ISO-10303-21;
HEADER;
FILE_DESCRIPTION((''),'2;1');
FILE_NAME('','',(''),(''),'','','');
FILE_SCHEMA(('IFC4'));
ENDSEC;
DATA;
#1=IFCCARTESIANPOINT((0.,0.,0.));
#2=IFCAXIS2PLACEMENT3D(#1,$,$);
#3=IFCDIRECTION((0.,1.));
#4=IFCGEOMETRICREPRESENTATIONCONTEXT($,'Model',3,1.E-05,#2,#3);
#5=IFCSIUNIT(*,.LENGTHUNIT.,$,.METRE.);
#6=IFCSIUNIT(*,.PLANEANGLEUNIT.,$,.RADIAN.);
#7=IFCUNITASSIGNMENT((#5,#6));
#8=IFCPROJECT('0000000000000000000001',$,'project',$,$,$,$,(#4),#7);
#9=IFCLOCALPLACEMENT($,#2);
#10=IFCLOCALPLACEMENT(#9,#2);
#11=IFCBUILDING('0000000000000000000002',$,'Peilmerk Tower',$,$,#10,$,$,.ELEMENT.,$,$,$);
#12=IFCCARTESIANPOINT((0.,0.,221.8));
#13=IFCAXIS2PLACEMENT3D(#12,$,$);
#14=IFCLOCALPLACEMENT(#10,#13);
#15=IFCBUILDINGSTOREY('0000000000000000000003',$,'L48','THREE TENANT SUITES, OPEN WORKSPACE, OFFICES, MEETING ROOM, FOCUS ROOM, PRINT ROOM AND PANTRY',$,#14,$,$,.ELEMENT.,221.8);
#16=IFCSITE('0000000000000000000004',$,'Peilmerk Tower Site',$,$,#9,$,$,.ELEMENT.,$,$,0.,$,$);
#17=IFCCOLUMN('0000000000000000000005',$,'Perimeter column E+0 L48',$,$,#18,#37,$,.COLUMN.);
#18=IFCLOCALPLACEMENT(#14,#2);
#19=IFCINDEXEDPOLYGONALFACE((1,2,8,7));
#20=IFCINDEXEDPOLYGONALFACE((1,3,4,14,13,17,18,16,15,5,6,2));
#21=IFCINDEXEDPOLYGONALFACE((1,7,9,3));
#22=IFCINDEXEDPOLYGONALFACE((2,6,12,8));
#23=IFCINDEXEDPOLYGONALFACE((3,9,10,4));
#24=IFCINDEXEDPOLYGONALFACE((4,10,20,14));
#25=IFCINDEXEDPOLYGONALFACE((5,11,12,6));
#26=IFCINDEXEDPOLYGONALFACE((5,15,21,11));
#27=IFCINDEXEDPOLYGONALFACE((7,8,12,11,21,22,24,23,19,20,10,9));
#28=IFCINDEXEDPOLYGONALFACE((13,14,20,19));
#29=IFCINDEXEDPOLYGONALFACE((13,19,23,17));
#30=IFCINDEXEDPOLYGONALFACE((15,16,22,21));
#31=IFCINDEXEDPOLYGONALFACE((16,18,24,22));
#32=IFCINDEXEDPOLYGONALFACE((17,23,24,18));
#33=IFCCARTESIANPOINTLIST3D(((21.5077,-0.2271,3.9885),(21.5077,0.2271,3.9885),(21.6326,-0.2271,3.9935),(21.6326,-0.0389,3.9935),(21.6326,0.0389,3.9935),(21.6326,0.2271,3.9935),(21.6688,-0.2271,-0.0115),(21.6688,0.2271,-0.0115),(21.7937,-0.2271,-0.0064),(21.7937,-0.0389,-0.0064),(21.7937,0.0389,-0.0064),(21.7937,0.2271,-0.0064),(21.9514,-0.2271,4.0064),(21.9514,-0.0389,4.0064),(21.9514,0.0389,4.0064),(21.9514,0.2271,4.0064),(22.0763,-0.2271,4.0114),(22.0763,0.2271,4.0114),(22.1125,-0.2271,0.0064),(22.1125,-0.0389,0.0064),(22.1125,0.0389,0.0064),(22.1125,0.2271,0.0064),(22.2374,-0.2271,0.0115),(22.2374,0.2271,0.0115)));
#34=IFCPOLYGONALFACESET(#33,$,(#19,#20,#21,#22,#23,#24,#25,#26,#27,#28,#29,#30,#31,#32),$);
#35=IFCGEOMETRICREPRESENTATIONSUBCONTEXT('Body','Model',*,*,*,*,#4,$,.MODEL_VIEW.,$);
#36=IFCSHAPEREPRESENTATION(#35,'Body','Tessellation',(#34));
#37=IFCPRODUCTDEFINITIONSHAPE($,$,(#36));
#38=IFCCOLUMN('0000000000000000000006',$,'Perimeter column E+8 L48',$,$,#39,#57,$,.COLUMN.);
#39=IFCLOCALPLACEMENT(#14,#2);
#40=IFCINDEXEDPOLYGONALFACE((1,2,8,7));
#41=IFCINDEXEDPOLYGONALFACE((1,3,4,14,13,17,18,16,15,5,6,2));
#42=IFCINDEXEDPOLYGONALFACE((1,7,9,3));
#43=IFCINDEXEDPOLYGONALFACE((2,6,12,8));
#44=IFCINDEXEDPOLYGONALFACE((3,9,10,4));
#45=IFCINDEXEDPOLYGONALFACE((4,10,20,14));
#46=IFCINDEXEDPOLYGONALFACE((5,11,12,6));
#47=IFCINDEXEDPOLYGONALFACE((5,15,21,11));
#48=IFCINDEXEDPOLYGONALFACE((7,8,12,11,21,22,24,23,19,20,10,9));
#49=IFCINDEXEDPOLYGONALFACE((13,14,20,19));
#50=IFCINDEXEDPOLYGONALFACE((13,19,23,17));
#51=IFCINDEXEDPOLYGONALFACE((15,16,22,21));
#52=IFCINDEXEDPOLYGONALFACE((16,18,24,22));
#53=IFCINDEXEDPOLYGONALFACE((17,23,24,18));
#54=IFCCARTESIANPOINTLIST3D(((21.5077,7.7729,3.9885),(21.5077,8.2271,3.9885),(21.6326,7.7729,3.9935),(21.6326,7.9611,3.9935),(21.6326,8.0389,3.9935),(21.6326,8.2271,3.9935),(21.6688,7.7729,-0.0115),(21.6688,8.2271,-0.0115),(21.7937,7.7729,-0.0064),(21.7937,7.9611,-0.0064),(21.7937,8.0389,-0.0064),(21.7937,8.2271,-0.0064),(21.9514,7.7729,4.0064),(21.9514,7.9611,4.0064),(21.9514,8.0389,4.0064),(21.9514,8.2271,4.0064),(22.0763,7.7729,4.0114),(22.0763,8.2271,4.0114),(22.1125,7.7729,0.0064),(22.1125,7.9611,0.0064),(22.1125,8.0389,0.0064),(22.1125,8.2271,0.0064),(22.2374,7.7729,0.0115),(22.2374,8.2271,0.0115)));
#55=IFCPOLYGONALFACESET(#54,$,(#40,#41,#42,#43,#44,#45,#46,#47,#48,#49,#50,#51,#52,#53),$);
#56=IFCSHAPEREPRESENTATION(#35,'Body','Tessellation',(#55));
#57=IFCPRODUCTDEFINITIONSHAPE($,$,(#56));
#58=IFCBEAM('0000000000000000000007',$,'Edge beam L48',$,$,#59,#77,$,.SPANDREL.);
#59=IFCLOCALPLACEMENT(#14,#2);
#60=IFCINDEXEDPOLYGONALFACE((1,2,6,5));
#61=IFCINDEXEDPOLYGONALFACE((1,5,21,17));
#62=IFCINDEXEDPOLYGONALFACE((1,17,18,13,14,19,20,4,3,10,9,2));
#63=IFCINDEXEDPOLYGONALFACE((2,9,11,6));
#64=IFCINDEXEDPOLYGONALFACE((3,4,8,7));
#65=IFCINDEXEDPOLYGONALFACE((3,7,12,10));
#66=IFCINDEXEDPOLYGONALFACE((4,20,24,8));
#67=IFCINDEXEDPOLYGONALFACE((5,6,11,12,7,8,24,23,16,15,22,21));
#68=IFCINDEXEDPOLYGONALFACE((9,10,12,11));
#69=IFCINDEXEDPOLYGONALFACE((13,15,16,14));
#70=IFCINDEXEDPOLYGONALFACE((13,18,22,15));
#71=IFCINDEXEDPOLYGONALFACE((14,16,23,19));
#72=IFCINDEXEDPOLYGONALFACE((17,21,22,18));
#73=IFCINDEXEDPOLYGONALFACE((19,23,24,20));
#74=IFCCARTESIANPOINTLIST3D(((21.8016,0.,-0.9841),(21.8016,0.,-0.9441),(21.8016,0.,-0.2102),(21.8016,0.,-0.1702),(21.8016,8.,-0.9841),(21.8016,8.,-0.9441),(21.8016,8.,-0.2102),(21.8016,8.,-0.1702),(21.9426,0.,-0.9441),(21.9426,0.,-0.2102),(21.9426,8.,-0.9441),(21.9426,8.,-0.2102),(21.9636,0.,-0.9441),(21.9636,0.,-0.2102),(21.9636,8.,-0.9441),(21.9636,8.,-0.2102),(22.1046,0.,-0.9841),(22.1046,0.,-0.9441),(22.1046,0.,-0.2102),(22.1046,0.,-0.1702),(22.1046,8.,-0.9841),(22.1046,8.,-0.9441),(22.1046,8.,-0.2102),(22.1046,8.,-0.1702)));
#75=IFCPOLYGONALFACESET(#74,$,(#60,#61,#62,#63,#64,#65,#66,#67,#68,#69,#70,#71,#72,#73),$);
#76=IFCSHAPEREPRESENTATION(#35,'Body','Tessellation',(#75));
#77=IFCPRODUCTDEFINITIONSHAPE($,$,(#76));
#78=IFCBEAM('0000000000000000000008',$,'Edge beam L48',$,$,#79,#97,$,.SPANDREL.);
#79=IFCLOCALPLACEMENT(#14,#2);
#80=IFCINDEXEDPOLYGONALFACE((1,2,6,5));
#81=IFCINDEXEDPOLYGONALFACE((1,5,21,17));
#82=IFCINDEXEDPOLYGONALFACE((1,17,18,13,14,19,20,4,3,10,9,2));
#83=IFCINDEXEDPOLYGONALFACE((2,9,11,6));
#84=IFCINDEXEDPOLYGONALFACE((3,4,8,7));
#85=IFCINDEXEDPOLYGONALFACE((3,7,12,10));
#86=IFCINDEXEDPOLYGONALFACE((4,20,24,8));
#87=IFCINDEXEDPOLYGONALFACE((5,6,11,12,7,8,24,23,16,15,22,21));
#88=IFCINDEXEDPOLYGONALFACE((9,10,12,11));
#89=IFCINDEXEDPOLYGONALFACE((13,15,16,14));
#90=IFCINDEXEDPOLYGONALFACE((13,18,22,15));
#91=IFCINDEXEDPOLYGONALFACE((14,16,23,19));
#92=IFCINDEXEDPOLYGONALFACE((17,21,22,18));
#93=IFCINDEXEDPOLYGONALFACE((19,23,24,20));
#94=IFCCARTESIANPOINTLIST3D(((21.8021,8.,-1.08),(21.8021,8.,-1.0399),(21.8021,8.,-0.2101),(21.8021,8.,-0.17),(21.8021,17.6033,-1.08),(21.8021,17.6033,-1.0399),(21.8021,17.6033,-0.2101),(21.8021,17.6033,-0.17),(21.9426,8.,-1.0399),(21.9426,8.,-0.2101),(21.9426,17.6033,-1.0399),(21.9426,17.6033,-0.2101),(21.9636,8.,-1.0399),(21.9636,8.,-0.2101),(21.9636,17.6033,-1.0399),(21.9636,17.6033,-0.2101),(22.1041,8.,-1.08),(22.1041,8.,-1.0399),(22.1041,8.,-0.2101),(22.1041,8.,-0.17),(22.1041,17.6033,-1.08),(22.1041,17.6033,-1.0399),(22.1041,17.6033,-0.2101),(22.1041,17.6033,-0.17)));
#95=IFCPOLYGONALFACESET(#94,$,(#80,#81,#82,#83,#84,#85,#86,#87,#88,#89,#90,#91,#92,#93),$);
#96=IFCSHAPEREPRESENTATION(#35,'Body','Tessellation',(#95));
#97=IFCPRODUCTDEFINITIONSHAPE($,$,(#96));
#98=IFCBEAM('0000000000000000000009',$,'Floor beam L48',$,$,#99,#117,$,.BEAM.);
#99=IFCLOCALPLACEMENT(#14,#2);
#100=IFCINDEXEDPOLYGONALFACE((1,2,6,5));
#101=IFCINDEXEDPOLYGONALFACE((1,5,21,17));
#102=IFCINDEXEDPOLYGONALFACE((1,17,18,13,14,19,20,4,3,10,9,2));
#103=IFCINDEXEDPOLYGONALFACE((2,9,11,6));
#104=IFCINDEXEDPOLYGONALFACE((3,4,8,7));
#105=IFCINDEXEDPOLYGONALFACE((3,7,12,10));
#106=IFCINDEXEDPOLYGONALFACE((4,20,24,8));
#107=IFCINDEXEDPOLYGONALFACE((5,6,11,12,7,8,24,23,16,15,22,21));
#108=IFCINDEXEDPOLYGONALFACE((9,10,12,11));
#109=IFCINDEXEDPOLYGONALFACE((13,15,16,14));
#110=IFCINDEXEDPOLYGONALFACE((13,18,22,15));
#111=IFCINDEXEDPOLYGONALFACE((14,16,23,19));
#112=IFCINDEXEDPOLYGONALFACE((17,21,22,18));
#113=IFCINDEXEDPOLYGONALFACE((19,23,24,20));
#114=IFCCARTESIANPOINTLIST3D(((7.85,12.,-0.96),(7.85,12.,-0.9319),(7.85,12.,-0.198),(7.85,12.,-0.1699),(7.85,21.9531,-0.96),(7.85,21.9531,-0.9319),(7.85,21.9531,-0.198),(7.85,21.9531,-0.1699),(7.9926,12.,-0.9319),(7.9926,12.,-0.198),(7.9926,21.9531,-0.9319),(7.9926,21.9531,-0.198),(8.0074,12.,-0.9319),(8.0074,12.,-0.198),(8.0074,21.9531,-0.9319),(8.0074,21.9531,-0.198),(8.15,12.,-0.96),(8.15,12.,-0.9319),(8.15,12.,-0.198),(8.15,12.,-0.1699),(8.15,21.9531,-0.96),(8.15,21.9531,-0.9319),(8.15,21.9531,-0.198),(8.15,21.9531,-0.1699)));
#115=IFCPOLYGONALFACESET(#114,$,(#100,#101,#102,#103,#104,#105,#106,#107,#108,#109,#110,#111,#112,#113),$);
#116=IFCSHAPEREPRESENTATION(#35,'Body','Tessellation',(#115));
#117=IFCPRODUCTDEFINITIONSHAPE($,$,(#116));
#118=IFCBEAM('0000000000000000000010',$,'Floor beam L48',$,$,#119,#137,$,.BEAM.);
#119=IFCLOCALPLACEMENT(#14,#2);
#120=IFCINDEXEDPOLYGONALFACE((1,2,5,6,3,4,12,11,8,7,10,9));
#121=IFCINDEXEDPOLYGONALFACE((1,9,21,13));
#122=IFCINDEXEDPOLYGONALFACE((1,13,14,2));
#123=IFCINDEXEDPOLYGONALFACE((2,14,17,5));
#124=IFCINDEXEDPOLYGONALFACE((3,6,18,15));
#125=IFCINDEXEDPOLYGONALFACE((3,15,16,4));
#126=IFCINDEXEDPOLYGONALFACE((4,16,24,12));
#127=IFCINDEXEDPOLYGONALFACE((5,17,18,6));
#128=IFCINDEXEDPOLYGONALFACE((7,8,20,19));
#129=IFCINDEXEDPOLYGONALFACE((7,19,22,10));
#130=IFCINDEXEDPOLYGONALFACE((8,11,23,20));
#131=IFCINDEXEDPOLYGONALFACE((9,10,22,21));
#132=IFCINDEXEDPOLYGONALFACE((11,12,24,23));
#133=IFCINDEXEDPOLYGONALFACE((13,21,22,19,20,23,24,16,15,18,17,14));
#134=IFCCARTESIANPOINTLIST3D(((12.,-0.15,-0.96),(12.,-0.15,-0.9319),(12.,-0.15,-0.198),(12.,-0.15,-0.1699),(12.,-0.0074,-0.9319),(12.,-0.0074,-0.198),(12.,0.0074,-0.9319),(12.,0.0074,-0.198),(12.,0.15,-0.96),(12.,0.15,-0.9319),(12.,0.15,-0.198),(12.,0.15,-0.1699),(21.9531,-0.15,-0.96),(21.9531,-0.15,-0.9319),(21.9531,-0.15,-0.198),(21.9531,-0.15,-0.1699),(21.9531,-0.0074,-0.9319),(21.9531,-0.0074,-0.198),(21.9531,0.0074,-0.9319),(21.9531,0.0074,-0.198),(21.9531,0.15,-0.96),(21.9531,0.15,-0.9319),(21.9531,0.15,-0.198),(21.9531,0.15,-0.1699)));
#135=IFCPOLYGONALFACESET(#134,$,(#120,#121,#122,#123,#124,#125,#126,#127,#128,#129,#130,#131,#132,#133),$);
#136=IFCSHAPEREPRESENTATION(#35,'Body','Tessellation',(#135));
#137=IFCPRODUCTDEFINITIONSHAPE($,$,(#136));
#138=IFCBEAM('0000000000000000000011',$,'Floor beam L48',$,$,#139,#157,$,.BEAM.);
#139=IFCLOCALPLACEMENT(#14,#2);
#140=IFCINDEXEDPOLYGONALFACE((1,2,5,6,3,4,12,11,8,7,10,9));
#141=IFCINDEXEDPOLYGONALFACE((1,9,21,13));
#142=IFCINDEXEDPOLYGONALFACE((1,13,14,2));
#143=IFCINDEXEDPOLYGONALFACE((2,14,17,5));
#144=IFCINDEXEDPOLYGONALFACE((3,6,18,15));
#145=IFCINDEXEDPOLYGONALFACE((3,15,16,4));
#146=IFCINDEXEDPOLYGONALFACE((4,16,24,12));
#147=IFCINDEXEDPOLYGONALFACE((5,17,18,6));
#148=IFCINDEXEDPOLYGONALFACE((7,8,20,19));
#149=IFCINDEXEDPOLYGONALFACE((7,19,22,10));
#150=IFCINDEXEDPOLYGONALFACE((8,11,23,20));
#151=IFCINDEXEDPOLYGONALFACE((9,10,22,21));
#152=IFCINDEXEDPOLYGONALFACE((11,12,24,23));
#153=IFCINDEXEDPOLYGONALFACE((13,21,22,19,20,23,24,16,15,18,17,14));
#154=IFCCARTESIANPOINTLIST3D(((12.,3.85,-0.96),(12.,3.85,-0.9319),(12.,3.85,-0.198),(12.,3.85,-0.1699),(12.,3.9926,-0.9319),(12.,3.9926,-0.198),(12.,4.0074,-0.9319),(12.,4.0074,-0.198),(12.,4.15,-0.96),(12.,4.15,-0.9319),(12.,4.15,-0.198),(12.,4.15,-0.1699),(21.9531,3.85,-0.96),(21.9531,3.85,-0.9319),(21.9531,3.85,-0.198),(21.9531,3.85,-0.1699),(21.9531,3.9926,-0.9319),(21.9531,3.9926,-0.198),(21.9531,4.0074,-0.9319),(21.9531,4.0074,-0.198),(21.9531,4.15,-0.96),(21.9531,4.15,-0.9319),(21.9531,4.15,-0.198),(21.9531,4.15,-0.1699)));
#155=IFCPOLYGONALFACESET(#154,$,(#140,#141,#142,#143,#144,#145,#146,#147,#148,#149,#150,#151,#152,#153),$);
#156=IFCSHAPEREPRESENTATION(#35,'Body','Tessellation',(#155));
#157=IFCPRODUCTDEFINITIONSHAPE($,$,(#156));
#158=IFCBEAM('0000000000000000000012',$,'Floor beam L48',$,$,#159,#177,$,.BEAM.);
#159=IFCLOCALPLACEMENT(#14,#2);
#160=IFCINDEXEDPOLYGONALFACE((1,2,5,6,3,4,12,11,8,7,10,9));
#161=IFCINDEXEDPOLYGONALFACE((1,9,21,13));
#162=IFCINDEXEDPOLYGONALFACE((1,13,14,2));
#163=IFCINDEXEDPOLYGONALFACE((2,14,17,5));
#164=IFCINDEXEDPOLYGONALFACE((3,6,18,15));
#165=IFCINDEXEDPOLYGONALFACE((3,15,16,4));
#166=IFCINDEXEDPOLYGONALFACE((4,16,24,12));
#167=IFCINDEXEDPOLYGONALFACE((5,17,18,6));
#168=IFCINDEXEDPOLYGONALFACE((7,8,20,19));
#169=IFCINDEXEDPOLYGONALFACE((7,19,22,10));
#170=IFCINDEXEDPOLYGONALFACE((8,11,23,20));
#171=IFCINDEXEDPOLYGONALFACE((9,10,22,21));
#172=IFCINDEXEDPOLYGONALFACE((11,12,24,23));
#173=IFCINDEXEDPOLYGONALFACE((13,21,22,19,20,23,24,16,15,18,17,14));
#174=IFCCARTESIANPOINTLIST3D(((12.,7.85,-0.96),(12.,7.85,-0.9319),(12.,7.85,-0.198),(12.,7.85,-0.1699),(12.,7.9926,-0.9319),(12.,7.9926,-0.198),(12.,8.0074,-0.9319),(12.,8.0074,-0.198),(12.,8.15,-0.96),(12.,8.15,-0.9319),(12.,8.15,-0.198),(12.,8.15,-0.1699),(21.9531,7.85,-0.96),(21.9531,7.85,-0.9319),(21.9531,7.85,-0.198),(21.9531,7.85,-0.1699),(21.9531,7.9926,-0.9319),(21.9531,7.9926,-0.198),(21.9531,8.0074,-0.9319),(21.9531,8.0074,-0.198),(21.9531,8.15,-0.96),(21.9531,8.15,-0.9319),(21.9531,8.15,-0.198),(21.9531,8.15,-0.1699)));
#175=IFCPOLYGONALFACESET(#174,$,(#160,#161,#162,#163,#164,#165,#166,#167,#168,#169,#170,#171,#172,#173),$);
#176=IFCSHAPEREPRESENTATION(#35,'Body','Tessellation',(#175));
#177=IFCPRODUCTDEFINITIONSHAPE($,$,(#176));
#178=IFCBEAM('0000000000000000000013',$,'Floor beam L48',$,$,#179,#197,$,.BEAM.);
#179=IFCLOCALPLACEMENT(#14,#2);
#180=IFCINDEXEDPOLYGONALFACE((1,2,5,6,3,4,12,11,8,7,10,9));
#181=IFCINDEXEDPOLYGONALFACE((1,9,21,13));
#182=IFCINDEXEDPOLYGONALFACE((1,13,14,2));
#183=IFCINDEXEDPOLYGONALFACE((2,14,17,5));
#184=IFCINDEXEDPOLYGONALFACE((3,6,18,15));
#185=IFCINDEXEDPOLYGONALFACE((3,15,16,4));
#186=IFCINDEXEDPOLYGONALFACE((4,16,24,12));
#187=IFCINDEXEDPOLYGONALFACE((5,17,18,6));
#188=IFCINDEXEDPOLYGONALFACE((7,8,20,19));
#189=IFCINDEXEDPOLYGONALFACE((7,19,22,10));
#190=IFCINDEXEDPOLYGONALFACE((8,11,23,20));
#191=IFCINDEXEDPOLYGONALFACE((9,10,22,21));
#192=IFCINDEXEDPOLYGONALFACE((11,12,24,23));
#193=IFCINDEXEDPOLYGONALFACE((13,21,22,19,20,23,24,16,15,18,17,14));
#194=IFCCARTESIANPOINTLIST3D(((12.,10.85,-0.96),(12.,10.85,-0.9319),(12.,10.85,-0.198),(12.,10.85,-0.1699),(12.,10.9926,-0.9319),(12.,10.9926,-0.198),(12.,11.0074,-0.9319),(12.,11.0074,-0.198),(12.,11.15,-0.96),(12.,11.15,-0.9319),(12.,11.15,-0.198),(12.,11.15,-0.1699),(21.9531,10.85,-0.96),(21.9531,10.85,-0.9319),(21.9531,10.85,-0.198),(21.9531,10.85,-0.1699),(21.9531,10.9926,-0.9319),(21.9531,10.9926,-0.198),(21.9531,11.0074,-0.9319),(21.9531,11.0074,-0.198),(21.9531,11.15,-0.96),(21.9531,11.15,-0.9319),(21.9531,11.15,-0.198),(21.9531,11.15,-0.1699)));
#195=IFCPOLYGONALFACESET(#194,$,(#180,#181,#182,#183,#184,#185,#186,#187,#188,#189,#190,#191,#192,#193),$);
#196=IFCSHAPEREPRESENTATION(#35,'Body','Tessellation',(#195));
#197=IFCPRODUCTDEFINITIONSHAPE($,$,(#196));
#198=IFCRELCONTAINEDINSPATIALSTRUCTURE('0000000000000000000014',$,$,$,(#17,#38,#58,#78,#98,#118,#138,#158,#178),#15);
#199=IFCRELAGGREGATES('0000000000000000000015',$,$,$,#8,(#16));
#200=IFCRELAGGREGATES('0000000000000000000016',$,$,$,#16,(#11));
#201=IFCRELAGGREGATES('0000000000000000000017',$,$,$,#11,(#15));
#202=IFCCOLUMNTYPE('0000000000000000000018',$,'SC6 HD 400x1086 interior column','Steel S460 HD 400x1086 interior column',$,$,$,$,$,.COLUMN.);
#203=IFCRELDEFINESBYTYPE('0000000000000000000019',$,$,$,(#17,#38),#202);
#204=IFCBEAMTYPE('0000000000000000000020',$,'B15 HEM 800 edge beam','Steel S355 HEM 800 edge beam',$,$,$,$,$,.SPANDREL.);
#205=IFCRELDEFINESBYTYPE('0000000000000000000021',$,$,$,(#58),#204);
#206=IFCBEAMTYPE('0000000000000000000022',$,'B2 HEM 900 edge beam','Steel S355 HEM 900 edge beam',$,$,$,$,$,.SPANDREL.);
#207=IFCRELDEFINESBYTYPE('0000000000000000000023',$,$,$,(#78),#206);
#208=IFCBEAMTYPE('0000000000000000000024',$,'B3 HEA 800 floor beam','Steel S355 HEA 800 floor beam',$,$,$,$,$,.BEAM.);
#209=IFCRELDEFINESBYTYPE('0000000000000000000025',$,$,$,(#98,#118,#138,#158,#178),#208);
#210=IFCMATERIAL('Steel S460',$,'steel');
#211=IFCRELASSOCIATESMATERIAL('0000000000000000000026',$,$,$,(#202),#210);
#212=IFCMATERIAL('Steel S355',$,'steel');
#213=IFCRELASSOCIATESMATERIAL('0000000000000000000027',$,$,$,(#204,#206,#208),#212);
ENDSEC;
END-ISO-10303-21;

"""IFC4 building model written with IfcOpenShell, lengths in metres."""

from ifc_helpers import new_model, si_unit, direction, frame, origin, origin_2d, place, context, subcontext, project, spatial, i_section, extrude, material, material_profile, profile_set, type_object, element, save


model = new_model("IFC4")

# Units and contexts
model_context = context("Model", 3, precision=1e-05, world=origin(), true_north=direction((0.0, 1.0)))
body_context = subcontext(model_context, "Body", "Model", "MODEL_VIEW")
ifc_project = project(units=[si_unit("LENGTHUNIT", "METRE"), si_unit("PLANEANGLEUNIT", "RADIAN")], contexts=[model_context])

# Site, building, storey
site_placement = place(None, origin())
site = spatial("IfcSite", under=ifc_project, at=site_placement, Name="Peilmerk Tower Site", CompositionType="ELEMENT", RefElevation=0.0)
building_placement = place(site_placement, origin())
building = spatial("IfcBuilding", under=site, at=building_placement, Name="Peilmerk Tower", CompositionType="ELEMENT")
storey_placement = place(building_placement, frame((0.0, 0.0, 221.8)))
storey = spatial("IfcBuildingStorey", under=building, at=storey_placement, Name="L48", Description="THREE TENANT SUITES, OPEN WORKSPACE, OFFICES, MEETING ROOM, FOCUS ROOM, PRINT ROOM AND PANTRY", CompositionType="ELEMENT", Elevation=221.8)

# Columns
ifc_material_1 = material(Name="Steel S460", Category="steel")
ifc_material_profile_1 = material_profile(ifc_material_1, i_section(OverallWidth=0.4541, OverallDepth=0.5691, WebThickness=0.0779, FlangeThickness=0.125, at=origin_2d()), Name="HD 400x1086")
ifc_profile_set_1 = profile_set([ifc_material_profile_1], Name="Steel S460")
column_type = type_object("IfcColumnType", Name="SC6 HD 400x1086 interior column", Description="Steel S460 HD 400x1086 interior column", PredefinedType="COLUMN", material=ifc_profile_set_1)
for number, where, z_axis, x_axis, name in (
    (1, (21.9531, 0.0, 0.0), (-0.040251, 0.0, 0.99919), (0.0, -1.0, 0.0), "Perimeter column E+0 L48"),
    (2, (21.9531, 8.0, 0.0), (-0.040251, 0.0, 0.99919), (0.0, -1.0, 0.0), "Perimeter column E+8 L48"),
):
    element("IfcColumn", number, at=place(storey_placement, frame(where, z_axis=z_axis, x_axis=x_axis)), inside=storey, type_object=column_type, Name=name, PredefinedType="COLUMN", context=body_context, shape_type="SweptSolid", body=[
        extrude(i_section(OverallWidth=0.4541, OverallDepth=0.5691, WebThickness=0.0779, FlangeThickness=0.125, at=origin_2d()), origin(), (0.0, 0.0, 1.0), 4.0032),
    ])

# Beams
ifc_material_2 = material(Name="Steel S355", Category="steel")
ifc_material_profile_2 = material_profile(ifc_material_2, i_section(OverallWidth=0.303, OverallDepth=0.814, WebThickness=0.021, FlangeThickness=0.04, at=origin_2d()), Name="HEM 800")
ifc_profile_set_2 = profile_set([ifc_material_profile_2], Name="Steel S355")
beam_type_1 = type_object("IfcBeamType", Name="B15 HEM 800 edge beam", Description="Steel S355 HEM 800 edge beam", PredefinedType="SPANDREL", material=ifc_profile_set_2)
beam_1_placement = place(storey_placement, frame((21.9531, 0.0, -0.5771), z_axis=(0.0, 1.0, 0.0), x_axis=(-1.0, 0.0, 0.0)))
element("IfcBeam", 3, at=beam_1_placement, inside=storey, type_object=beam_type_1, Name="Edge beam L48", PredefinedType="SPANDREL", context=body_context, shape_type="SweptSolid", body=[
    extrude(i_section(OverallWidth=0.303, OverallDepth=0.814, WebThickness=0.021, FlangeThickness=0.04, at=origin_2d()), origin(), (0.0, 0.0, 1.0), 8.0),
])
ifc_material_profile_3 = material_profile(ifc_material_2, i_section(OverallWidth=0.302, OverallDepth=0.9099, WebThickness=0.021, FlangeThickness=0.04, at=origin_2d()), Name="HEM 900")
ifc_profile_set_3 = profile_set([ifc_material_profile_3], Name="Steel S355")
beam_type_2 = type_object("IfcBeamType", Name="B2 HEM 900 edge beam", Description="Steel S355 HEM 900 edge beam", PredefinedType="SPANDREL", material=ifc_profile_set_3)
beam_2_placement = place(storey_placement, frame((21.9531, 8.0, -0.625), z_axis=(0.0, 1.0, 0.0), x_axis=(-1.0, 0.0, 0.0)))
element("IfcBeam", 4, at=beam_2_placement, inside=storey, type_object=beam_type_2, Name="Edge beam L48", PredefinedType="SPANDREL", context=body_context, shape_type="SweptSolid", body=[
    extrude(i_section(OverallWidth=0.302, OverallDepth=0.9099, WebThickness=0.021, FlangeThickness=0.04, at=origin_2d()), origin(), (0.0, 0.0, 1.0), 9.6033),
])
ifc_material_profile_4 = material_profile(ifc_material_2, i_section(OverallWidth=0.3, OverallDepth=0.79, WebThickness=0.0149, FlangeThickness=0.0281, at=origin_2d()), Name="HEA 800")
ifc_profile_set_4 = profile_set([ifc_material_profile_4], Name="Steel S355")
beam_type_3 = type_object("IfcBeamType", Name="B3 HEA 800 floor beam", Description="Steel S355 HEA 800 floor beam", PredefinedType="BEAM", material=ifc_profile_set_4)
for number, where, z_axis, x_axis, name in (
    (5, (8.0, 12.0, -0.5649), (0.0, 1.0, 0.0), (-1.0, 0.0, 0.0), "Floor beam L48"),
    (6, (12.0, 0.0, -0.5649), (1.0, 0.0, 0.0), (0.0, 1.0, 0.0), "Floor beam L48"),
    (7, (12.0, 4.0, -0.5649), (1.0, 0.0, 0.0), (0.0, 1.0, 0.0), "Floor beam L48"),
    (8, (12.0, 8.0, -0.5649), (1.0, 0.0, 0.0), (0.0, 1.0, 0.0), "Floor beam L48"),
    (9, (12.0, 11.0, -0.5649), (1.0, 0.0, 0.0), (0.0, 1.0, 0.0), "Floor beam L48"),
):
    element("IfcBeam", number, at=place(storey_placement, frame(where, z_axis=z_axis, x_axis=x_axis)), inside=storey, type_object=beam_type_3, Name=name, PredefinedType="BEAM", context=body_context, shape_type="SweptSolid", body=[
        extrude(i_section(OverallWidth=0.3, OverallDepth=0.79, WebThickness=0.0149, FlangeThickness=0.0281, at=origin_2d()), origin(), (0.0, 0.0, 1.0), 9.9531),
    ])

save(model, "model.ifc")
